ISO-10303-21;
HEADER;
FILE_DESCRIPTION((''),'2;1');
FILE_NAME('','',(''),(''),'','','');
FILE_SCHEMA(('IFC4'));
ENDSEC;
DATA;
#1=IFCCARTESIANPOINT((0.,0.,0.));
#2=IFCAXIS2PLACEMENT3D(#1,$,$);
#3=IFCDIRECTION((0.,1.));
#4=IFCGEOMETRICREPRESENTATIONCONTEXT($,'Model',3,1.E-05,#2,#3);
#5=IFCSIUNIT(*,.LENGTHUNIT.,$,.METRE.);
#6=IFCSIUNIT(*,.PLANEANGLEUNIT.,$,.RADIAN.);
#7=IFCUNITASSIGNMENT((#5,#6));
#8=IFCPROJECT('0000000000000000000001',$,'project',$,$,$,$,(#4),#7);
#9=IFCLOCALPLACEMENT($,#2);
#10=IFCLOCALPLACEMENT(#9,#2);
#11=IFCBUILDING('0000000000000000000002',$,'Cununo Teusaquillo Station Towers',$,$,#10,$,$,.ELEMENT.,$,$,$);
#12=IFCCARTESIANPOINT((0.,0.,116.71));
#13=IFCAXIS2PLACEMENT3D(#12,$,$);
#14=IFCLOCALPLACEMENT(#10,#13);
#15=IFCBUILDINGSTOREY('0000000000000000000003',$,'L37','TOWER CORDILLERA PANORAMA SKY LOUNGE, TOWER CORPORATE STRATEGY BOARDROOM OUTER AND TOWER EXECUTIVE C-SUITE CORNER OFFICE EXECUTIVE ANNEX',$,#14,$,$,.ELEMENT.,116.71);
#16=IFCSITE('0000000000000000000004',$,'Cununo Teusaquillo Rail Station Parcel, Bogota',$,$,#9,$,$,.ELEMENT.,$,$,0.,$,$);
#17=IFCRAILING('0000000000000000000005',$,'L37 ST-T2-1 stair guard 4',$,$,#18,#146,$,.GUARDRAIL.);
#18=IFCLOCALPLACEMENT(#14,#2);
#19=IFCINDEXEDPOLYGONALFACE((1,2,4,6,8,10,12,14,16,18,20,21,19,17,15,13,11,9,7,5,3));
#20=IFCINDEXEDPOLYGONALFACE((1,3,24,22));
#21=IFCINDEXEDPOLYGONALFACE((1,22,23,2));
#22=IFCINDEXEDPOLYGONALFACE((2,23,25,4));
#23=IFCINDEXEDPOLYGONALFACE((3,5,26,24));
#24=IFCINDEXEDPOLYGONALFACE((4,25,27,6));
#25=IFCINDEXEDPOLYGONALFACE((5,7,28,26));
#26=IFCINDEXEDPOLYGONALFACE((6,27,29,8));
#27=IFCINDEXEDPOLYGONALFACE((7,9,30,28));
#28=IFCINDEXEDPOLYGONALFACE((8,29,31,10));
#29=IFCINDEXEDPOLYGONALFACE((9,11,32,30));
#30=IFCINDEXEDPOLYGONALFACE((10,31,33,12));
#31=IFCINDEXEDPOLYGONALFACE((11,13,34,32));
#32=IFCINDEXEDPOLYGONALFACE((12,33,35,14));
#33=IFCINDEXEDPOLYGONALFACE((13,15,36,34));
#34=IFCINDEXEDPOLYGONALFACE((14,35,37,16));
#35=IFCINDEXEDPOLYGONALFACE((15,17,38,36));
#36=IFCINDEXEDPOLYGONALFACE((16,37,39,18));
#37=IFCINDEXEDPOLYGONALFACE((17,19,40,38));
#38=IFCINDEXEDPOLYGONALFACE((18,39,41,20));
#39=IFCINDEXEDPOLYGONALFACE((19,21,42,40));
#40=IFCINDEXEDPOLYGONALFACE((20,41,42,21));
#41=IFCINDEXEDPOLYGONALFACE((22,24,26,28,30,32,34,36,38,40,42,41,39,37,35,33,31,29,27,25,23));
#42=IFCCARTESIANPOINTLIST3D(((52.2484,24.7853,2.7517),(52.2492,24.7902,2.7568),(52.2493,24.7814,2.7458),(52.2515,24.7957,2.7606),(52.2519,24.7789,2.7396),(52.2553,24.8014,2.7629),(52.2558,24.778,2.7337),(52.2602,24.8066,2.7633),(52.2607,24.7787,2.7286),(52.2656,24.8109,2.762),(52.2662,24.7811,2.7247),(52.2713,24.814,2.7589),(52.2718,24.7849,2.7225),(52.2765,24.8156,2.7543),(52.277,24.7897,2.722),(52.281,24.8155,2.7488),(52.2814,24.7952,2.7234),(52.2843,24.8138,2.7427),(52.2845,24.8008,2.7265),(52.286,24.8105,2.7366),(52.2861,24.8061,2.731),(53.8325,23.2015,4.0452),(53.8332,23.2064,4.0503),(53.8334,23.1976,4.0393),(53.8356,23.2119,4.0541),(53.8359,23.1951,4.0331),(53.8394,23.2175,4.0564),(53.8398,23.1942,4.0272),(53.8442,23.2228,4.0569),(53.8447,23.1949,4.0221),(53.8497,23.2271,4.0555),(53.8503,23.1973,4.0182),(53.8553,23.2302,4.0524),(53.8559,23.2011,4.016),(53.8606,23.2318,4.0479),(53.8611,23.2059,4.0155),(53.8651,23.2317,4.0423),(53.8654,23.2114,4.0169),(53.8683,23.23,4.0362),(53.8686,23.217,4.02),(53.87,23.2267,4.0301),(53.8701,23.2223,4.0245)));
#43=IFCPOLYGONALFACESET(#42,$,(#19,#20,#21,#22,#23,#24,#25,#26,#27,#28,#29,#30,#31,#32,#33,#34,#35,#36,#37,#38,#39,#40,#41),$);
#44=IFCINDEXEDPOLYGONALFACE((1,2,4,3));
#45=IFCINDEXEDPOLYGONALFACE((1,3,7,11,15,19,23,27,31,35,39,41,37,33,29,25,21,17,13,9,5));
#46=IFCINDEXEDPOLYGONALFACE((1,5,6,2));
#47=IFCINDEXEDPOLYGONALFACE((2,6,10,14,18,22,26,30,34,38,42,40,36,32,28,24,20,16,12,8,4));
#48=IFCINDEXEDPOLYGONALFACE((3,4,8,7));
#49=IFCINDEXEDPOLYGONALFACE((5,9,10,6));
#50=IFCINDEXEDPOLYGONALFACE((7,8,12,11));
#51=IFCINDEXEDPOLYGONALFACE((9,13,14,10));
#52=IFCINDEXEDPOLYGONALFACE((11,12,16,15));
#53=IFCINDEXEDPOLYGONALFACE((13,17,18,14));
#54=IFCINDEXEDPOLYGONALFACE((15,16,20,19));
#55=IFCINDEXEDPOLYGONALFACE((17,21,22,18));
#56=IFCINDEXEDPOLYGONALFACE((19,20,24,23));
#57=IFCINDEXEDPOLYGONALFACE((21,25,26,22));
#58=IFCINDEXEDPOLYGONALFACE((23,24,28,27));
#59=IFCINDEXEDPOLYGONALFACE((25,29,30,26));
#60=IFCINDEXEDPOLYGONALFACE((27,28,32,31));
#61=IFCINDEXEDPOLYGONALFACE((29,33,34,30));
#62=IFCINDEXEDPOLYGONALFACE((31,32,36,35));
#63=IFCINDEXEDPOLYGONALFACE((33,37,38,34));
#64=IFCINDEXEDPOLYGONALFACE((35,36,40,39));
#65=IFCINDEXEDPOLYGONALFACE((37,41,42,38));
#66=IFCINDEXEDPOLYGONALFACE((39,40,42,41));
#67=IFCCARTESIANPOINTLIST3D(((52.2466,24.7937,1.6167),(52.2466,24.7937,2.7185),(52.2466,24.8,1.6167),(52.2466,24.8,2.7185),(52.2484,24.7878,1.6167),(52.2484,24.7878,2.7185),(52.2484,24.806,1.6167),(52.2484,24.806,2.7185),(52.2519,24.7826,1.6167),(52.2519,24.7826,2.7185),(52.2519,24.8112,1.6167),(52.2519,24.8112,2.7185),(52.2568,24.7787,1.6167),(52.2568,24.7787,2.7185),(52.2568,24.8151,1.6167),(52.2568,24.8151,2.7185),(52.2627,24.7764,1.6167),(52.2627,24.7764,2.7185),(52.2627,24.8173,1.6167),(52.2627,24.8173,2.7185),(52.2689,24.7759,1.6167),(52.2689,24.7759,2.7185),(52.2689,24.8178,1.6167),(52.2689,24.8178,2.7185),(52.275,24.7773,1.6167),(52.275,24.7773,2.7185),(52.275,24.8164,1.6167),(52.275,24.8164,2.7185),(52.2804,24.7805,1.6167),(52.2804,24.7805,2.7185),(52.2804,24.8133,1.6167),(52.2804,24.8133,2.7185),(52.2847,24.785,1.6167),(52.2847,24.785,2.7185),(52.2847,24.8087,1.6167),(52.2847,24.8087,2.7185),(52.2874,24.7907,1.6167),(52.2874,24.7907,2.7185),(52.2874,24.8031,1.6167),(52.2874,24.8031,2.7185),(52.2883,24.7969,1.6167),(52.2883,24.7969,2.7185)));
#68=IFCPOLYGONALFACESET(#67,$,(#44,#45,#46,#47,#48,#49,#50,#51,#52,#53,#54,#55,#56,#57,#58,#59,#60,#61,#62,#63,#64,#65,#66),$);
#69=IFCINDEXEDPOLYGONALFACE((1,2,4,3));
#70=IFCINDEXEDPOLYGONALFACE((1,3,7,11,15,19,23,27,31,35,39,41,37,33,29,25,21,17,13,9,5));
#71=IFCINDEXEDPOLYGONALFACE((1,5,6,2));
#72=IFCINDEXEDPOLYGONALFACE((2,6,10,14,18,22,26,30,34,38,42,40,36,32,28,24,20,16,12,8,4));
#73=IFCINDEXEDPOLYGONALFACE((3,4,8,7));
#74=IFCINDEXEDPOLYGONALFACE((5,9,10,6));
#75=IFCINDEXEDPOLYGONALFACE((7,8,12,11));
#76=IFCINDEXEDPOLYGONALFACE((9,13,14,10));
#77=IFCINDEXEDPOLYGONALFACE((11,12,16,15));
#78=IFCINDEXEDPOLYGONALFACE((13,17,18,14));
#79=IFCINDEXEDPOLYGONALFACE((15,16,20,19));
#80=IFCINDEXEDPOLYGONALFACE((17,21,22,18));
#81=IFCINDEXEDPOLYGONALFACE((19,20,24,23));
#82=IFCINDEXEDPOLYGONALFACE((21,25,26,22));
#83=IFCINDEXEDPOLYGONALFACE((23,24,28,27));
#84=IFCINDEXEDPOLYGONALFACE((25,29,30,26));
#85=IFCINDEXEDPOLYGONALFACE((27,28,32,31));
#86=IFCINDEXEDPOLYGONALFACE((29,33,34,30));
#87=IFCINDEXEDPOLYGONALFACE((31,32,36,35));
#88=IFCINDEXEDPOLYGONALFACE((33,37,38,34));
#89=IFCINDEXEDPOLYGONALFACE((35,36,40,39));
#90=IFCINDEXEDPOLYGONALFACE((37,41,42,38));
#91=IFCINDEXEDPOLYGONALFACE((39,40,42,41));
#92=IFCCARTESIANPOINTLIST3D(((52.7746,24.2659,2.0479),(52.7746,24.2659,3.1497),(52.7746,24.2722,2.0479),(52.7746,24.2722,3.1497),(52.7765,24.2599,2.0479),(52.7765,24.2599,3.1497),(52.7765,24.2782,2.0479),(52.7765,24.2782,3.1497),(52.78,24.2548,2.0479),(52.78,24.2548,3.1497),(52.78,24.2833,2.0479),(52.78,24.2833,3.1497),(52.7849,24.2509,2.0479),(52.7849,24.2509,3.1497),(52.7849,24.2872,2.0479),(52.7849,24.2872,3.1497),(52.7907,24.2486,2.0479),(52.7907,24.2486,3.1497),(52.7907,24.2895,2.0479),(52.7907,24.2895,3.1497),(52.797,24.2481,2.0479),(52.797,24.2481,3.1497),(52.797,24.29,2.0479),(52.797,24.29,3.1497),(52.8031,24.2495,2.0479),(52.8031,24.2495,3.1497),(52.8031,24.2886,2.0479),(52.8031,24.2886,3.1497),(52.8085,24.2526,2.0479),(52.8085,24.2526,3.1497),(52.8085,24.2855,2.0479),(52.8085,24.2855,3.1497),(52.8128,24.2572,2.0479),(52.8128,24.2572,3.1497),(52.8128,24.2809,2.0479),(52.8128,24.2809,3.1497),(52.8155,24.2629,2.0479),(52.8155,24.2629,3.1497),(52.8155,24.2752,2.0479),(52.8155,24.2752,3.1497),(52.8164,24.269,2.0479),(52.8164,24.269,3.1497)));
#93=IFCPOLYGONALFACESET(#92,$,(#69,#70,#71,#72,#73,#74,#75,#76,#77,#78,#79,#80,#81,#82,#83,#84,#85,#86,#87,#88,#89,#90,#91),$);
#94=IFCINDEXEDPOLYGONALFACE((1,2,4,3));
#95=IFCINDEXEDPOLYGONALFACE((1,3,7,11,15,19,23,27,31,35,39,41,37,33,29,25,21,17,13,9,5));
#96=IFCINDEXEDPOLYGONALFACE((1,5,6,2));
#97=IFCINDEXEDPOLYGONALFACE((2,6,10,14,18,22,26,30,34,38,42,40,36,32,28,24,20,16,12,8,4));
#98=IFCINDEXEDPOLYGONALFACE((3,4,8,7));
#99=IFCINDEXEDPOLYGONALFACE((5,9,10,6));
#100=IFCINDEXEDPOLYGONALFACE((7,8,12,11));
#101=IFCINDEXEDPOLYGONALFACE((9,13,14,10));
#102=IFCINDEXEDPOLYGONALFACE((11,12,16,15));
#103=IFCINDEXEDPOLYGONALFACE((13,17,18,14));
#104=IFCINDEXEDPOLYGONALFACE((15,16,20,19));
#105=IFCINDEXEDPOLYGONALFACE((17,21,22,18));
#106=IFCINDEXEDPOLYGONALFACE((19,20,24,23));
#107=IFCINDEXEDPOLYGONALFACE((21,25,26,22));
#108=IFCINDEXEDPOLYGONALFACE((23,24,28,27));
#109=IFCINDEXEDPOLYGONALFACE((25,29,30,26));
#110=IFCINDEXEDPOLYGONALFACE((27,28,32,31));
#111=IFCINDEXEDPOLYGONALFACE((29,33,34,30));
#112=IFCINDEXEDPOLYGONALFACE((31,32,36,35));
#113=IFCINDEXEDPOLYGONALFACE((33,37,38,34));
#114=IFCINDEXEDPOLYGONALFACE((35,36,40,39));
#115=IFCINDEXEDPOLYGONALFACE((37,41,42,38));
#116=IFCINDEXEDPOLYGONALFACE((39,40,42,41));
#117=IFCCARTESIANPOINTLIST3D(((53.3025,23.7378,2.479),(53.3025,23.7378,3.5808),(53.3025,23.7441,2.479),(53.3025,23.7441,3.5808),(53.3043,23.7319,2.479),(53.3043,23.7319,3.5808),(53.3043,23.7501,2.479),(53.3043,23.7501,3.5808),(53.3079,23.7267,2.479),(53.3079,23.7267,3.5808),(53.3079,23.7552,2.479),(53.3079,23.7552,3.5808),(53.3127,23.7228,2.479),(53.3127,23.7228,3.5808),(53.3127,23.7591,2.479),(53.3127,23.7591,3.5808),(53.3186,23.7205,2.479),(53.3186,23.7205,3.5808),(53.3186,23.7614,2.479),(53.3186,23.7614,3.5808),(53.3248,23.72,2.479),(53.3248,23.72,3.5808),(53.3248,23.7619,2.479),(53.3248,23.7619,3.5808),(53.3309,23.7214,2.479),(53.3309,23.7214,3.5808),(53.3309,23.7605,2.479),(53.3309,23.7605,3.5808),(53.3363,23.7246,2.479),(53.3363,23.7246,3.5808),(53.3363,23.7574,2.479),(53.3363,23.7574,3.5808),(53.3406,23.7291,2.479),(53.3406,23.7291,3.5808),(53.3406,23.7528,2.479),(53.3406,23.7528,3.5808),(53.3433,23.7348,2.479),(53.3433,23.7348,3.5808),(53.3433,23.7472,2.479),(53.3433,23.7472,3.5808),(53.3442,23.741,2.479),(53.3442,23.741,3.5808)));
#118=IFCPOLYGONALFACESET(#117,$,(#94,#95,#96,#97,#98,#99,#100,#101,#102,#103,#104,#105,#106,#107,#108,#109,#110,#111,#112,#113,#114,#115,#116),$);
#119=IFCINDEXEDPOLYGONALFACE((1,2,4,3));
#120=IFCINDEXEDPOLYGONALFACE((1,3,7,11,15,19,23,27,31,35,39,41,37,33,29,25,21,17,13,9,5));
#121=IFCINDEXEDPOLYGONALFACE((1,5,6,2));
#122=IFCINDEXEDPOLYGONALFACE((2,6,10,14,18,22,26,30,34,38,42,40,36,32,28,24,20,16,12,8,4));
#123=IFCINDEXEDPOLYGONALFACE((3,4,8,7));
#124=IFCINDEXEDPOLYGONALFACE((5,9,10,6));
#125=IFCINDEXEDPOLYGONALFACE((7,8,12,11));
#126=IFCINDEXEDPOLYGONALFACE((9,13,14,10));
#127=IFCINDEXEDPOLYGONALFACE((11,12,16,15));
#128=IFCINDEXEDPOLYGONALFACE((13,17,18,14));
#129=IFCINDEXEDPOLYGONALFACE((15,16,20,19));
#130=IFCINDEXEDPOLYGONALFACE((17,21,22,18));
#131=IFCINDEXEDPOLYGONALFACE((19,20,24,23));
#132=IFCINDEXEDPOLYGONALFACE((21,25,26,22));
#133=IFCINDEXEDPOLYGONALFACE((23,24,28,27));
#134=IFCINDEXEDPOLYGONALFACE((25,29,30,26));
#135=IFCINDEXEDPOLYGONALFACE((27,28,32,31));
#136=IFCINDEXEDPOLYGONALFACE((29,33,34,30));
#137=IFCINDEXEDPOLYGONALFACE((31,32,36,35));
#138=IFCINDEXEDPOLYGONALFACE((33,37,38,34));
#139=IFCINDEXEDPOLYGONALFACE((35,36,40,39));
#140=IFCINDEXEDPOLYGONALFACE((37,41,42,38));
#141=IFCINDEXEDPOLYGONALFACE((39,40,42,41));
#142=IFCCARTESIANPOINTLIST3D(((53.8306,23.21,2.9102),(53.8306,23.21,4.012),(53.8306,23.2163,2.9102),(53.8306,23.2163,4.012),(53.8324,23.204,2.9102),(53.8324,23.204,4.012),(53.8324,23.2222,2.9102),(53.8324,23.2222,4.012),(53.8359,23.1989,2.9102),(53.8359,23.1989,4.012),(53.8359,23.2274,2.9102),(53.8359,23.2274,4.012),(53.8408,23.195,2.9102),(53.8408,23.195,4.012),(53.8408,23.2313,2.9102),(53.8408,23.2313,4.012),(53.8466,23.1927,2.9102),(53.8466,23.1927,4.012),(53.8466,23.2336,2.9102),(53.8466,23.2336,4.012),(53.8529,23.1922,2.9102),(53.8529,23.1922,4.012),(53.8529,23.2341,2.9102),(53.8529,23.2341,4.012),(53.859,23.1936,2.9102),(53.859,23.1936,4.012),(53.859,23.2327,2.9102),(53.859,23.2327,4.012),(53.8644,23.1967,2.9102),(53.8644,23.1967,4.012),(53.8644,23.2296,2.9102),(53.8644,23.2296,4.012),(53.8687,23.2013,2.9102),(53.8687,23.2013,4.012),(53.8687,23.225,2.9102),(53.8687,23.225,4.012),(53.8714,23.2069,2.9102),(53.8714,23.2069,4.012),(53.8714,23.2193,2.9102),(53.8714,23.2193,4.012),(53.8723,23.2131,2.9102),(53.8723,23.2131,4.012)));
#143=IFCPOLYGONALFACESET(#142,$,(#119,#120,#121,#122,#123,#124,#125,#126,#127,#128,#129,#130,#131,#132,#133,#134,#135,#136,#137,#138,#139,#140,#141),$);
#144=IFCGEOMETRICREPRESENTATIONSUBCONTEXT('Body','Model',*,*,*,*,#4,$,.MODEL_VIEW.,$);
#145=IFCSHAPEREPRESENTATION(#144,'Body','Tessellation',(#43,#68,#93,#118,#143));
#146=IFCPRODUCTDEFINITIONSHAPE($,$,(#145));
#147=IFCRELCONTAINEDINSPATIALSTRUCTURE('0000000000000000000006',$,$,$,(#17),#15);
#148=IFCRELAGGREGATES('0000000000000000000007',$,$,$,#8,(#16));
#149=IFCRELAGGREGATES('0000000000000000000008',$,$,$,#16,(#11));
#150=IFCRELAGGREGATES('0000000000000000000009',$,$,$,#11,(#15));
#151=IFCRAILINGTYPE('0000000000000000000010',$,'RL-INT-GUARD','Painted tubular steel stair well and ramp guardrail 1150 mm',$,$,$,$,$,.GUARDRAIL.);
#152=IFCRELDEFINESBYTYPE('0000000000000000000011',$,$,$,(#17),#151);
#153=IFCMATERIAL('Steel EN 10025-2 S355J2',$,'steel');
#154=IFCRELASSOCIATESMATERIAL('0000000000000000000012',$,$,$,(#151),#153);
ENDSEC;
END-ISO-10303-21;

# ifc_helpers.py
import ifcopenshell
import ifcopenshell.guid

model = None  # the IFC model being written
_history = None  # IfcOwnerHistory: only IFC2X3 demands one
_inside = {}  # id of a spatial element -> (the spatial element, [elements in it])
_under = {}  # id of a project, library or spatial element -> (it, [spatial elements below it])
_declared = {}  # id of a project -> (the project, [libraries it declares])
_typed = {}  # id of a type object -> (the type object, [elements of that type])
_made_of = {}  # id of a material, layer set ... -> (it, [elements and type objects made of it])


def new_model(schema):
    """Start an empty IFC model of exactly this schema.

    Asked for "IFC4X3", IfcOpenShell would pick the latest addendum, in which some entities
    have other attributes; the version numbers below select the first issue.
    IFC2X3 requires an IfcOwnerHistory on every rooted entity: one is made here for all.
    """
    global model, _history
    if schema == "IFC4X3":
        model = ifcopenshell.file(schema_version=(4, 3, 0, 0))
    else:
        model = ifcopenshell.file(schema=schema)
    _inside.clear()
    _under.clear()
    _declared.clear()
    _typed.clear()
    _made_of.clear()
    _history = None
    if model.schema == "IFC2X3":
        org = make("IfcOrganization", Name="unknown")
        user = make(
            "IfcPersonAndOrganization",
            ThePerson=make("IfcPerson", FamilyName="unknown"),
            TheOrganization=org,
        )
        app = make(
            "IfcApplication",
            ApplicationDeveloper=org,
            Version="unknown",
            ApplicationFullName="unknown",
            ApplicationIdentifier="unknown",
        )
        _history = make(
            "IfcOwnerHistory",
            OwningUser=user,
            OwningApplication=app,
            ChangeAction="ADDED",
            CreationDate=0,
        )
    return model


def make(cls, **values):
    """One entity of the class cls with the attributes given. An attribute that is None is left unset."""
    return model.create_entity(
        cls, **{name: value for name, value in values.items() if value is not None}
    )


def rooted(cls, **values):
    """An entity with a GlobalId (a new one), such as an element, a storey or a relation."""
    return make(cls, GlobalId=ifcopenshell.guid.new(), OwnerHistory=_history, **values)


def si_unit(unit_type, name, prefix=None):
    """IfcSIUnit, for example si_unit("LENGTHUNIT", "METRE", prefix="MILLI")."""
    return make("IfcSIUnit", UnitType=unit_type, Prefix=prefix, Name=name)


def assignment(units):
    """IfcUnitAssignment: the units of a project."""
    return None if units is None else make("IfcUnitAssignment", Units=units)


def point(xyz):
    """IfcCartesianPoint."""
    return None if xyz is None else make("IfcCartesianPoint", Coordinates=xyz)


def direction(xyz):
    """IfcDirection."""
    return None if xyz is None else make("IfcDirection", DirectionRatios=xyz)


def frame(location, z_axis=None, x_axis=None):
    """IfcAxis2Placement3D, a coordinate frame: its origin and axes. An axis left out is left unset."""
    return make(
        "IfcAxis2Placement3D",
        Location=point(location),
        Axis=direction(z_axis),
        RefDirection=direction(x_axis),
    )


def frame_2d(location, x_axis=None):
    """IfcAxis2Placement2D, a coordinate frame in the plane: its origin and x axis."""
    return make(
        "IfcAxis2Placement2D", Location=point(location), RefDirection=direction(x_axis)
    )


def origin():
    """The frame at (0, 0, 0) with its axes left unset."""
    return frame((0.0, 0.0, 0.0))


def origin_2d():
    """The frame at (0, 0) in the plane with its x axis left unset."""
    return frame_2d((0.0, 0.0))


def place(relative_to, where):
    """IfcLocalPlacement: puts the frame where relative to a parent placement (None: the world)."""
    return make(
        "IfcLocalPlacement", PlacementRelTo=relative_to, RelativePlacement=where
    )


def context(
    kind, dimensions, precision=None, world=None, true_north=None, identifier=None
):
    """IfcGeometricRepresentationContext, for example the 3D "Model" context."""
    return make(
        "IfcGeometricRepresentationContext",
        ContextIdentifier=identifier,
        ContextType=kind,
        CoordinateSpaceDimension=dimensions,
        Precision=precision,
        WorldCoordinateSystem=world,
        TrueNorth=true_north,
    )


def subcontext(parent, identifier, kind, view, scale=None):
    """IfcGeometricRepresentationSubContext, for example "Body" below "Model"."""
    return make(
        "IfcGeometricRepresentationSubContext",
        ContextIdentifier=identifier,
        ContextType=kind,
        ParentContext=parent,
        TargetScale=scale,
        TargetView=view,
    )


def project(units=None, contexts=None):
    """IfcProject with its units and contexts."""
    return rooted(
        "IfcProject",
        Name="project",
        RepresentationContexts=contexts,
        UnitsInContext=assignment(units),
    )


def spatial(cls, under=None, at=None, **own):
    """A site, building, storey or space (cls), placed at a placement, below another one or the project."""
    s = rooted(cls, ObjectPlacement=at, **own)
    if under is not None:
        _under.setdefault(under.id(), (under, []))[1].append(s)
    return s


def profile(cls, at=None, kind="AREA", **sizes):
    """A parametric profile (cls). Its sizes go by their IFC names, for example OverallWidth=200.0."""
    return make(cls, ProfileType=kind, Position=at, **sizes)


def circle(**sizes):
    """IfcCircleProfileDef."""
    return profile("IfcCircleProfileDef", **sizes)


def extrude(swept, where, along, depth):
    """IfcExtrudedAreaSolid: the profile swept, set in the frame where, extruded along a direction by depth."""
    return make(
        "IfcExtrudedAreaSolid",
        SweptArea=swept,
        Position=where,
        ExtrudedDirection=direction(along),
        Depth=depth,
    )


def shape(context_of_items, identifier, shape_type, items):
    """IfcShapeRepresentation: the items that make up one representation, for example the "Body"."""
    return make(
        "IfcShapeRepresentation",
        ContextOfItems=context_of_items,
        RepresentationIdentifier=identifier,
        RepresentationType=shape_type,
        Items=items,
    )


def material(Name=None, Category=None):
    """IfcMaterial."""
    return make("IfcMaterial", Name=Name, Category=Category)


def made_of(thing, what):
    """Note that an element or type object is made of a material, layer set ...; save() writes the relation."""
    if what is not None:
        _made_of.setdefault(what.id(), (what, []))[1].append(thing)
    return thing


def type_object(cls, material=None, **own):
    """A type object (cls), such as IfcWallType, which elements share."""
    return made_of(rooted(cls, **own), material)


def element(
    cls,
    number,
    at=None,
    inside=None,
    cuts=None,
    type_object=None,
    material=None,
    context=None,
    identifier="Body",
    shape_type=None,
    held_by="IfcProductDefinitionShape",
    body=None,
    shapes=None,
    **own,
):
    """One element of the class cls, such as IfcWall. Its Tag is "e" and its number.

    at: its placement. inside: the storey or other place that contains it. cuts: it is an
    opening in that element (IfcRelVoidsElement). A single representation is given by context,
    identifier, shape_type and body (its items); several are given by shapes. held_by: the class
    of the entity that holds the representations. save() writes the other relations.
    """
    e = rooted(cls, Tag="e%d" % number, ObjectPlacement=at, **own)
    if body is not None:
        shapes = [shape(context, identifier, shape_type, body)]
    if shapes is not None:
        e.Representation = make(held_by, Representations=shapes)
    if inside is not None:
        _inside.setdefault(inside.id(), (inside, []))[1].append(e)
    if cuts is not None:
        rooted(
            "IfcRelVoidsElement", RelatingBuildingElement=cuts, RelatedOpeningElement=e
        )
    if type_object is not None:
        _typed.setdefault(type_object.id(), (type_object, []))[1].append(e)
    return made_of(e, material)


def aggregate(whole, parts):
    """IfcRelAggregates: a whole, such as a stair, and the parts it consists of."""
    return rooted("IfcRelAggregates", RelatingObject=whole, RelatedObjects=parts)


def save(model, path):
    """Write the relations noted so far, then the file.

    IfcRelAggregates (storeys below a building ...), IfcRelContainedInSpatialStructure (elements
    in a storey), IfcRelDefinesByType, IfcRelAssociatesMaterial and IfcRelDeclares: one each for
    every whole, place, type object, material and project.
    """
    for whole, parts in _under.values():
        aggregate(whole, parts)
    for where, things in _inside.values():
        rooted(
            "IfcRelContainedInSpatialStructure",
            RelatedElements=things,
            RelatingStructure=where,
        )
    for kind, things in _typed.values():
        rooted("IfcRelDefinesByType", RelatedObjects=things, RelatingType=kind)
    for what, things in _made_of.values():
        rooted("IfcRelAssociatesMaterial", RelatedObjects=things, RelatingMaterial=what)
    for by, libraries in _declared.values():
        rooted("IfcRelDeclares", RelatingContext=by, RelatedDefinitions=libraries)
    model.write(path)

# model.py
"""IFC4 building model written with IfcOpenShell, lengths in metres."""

from ifc_helpers import new_model, si_unit, direction, frame, origin, origin_2d, place, context, subcontext, project, spatial, circle, extrude, material, type_object, element, save


model = new_model("IFC4")

# Units and contexts
model_context = context("Model", 3, precision=1e-05, world=origin(), true_north=direction((0.0, 1.0)))
body_context = subcontext(model_context, "Body", "Model", "MODEL_VIEW")
ifc_project = project(units=[si_unit("LENGTHUNIT", "METRE"), si_unit("PLANEANGLEUNIT", "RADIAN")], contexts=[model_context])

# Site, building, storey
site_placement = place(None, origin())
site = spatial("IfcSite", under=ifc_project, at=site_placement, Name="Cununo Teusaquillo Rail Station Parcel, Bogota", CompositionType="ELEMENT", RefElevation=0.0)
building_placement = place(site_placement, origin())
building = spatial("IfcBuilding", under=site, at=building_placement, Name="Cununo Teusaquillo Station Towers", CompositionType="ELEMENT")
storey_placement = place(building_placement, frame((0.0, 0.0, 116.71)))
storey = spatial("IfcBuildingStorey", under=building, at=storey_placement, Name="L37", Description="TOWER CORDILLERA PANORAMA SKY LOUNGE, TOWER CORPORATE STRATEGY BOARDROOM OUTER AND TOWER EXECUTIVE C-SUITE CORNER OFFICE EXECUTIVE ANNEX", CompositionType="ELEMENT", Elevation=116.71)

# Railing
ifc_material_1 = material(Name="Steel EN 10025-2 S355J2", Category="steel")
railing_type_1 = type_object("IfcRailingType", Name="RL-INT-GUARD", Description="Painted tubular steel stair well and ramp guardrail 1150 mm", PredefinedType="GUARDRAIL", material=ifc_material_1)
railing_1_placement = place(storey_placement, frame((52.2673, 24.7969, 1.6167)))
element("IfcRailing", 1, at=railing_1_placement, inside=storey, type_object=railing_type_1, Name="L37 ST-T2-1 stair guard 4", PredefinedType="GUARDRAIL", context=body_context, shape_type="SweptSolid", body=[
    extrude(circle(Radius=0.0239, at=origin_2d()), frame((0.0, 0.0, 1.126), z_axis=(0.612391, -0.612297, 0.500069), x_axis=(0.707052, 0.707161, 0.0)), (0.0, 0.0, 1.0), 2.5867),
    extrude(circle(Radius=0.021, at=origin_2d()), origin(), (0.0, 0.0, 1.0), 1.1018),
    extrude(circle(Radius=0.021, at=origin_2d()), frame((0.5281, -0.5278, 0.4312)), (0.0, 0.0, 1.0), 1.1018),
    extrude(circle(Radius=0.021, at=origin_2d()), frame((1.0559, -1.0559, 0.8623)), (0.0, 0.0, 1.0), 1.1018),
    extrude(circle(Radius=0.021, at=origin_2d()), frame((1.584, -1.5837, 1.2935)), (0.0, 0.0, 1.0), 1.1018),
])

save(model, "model.ifc")
